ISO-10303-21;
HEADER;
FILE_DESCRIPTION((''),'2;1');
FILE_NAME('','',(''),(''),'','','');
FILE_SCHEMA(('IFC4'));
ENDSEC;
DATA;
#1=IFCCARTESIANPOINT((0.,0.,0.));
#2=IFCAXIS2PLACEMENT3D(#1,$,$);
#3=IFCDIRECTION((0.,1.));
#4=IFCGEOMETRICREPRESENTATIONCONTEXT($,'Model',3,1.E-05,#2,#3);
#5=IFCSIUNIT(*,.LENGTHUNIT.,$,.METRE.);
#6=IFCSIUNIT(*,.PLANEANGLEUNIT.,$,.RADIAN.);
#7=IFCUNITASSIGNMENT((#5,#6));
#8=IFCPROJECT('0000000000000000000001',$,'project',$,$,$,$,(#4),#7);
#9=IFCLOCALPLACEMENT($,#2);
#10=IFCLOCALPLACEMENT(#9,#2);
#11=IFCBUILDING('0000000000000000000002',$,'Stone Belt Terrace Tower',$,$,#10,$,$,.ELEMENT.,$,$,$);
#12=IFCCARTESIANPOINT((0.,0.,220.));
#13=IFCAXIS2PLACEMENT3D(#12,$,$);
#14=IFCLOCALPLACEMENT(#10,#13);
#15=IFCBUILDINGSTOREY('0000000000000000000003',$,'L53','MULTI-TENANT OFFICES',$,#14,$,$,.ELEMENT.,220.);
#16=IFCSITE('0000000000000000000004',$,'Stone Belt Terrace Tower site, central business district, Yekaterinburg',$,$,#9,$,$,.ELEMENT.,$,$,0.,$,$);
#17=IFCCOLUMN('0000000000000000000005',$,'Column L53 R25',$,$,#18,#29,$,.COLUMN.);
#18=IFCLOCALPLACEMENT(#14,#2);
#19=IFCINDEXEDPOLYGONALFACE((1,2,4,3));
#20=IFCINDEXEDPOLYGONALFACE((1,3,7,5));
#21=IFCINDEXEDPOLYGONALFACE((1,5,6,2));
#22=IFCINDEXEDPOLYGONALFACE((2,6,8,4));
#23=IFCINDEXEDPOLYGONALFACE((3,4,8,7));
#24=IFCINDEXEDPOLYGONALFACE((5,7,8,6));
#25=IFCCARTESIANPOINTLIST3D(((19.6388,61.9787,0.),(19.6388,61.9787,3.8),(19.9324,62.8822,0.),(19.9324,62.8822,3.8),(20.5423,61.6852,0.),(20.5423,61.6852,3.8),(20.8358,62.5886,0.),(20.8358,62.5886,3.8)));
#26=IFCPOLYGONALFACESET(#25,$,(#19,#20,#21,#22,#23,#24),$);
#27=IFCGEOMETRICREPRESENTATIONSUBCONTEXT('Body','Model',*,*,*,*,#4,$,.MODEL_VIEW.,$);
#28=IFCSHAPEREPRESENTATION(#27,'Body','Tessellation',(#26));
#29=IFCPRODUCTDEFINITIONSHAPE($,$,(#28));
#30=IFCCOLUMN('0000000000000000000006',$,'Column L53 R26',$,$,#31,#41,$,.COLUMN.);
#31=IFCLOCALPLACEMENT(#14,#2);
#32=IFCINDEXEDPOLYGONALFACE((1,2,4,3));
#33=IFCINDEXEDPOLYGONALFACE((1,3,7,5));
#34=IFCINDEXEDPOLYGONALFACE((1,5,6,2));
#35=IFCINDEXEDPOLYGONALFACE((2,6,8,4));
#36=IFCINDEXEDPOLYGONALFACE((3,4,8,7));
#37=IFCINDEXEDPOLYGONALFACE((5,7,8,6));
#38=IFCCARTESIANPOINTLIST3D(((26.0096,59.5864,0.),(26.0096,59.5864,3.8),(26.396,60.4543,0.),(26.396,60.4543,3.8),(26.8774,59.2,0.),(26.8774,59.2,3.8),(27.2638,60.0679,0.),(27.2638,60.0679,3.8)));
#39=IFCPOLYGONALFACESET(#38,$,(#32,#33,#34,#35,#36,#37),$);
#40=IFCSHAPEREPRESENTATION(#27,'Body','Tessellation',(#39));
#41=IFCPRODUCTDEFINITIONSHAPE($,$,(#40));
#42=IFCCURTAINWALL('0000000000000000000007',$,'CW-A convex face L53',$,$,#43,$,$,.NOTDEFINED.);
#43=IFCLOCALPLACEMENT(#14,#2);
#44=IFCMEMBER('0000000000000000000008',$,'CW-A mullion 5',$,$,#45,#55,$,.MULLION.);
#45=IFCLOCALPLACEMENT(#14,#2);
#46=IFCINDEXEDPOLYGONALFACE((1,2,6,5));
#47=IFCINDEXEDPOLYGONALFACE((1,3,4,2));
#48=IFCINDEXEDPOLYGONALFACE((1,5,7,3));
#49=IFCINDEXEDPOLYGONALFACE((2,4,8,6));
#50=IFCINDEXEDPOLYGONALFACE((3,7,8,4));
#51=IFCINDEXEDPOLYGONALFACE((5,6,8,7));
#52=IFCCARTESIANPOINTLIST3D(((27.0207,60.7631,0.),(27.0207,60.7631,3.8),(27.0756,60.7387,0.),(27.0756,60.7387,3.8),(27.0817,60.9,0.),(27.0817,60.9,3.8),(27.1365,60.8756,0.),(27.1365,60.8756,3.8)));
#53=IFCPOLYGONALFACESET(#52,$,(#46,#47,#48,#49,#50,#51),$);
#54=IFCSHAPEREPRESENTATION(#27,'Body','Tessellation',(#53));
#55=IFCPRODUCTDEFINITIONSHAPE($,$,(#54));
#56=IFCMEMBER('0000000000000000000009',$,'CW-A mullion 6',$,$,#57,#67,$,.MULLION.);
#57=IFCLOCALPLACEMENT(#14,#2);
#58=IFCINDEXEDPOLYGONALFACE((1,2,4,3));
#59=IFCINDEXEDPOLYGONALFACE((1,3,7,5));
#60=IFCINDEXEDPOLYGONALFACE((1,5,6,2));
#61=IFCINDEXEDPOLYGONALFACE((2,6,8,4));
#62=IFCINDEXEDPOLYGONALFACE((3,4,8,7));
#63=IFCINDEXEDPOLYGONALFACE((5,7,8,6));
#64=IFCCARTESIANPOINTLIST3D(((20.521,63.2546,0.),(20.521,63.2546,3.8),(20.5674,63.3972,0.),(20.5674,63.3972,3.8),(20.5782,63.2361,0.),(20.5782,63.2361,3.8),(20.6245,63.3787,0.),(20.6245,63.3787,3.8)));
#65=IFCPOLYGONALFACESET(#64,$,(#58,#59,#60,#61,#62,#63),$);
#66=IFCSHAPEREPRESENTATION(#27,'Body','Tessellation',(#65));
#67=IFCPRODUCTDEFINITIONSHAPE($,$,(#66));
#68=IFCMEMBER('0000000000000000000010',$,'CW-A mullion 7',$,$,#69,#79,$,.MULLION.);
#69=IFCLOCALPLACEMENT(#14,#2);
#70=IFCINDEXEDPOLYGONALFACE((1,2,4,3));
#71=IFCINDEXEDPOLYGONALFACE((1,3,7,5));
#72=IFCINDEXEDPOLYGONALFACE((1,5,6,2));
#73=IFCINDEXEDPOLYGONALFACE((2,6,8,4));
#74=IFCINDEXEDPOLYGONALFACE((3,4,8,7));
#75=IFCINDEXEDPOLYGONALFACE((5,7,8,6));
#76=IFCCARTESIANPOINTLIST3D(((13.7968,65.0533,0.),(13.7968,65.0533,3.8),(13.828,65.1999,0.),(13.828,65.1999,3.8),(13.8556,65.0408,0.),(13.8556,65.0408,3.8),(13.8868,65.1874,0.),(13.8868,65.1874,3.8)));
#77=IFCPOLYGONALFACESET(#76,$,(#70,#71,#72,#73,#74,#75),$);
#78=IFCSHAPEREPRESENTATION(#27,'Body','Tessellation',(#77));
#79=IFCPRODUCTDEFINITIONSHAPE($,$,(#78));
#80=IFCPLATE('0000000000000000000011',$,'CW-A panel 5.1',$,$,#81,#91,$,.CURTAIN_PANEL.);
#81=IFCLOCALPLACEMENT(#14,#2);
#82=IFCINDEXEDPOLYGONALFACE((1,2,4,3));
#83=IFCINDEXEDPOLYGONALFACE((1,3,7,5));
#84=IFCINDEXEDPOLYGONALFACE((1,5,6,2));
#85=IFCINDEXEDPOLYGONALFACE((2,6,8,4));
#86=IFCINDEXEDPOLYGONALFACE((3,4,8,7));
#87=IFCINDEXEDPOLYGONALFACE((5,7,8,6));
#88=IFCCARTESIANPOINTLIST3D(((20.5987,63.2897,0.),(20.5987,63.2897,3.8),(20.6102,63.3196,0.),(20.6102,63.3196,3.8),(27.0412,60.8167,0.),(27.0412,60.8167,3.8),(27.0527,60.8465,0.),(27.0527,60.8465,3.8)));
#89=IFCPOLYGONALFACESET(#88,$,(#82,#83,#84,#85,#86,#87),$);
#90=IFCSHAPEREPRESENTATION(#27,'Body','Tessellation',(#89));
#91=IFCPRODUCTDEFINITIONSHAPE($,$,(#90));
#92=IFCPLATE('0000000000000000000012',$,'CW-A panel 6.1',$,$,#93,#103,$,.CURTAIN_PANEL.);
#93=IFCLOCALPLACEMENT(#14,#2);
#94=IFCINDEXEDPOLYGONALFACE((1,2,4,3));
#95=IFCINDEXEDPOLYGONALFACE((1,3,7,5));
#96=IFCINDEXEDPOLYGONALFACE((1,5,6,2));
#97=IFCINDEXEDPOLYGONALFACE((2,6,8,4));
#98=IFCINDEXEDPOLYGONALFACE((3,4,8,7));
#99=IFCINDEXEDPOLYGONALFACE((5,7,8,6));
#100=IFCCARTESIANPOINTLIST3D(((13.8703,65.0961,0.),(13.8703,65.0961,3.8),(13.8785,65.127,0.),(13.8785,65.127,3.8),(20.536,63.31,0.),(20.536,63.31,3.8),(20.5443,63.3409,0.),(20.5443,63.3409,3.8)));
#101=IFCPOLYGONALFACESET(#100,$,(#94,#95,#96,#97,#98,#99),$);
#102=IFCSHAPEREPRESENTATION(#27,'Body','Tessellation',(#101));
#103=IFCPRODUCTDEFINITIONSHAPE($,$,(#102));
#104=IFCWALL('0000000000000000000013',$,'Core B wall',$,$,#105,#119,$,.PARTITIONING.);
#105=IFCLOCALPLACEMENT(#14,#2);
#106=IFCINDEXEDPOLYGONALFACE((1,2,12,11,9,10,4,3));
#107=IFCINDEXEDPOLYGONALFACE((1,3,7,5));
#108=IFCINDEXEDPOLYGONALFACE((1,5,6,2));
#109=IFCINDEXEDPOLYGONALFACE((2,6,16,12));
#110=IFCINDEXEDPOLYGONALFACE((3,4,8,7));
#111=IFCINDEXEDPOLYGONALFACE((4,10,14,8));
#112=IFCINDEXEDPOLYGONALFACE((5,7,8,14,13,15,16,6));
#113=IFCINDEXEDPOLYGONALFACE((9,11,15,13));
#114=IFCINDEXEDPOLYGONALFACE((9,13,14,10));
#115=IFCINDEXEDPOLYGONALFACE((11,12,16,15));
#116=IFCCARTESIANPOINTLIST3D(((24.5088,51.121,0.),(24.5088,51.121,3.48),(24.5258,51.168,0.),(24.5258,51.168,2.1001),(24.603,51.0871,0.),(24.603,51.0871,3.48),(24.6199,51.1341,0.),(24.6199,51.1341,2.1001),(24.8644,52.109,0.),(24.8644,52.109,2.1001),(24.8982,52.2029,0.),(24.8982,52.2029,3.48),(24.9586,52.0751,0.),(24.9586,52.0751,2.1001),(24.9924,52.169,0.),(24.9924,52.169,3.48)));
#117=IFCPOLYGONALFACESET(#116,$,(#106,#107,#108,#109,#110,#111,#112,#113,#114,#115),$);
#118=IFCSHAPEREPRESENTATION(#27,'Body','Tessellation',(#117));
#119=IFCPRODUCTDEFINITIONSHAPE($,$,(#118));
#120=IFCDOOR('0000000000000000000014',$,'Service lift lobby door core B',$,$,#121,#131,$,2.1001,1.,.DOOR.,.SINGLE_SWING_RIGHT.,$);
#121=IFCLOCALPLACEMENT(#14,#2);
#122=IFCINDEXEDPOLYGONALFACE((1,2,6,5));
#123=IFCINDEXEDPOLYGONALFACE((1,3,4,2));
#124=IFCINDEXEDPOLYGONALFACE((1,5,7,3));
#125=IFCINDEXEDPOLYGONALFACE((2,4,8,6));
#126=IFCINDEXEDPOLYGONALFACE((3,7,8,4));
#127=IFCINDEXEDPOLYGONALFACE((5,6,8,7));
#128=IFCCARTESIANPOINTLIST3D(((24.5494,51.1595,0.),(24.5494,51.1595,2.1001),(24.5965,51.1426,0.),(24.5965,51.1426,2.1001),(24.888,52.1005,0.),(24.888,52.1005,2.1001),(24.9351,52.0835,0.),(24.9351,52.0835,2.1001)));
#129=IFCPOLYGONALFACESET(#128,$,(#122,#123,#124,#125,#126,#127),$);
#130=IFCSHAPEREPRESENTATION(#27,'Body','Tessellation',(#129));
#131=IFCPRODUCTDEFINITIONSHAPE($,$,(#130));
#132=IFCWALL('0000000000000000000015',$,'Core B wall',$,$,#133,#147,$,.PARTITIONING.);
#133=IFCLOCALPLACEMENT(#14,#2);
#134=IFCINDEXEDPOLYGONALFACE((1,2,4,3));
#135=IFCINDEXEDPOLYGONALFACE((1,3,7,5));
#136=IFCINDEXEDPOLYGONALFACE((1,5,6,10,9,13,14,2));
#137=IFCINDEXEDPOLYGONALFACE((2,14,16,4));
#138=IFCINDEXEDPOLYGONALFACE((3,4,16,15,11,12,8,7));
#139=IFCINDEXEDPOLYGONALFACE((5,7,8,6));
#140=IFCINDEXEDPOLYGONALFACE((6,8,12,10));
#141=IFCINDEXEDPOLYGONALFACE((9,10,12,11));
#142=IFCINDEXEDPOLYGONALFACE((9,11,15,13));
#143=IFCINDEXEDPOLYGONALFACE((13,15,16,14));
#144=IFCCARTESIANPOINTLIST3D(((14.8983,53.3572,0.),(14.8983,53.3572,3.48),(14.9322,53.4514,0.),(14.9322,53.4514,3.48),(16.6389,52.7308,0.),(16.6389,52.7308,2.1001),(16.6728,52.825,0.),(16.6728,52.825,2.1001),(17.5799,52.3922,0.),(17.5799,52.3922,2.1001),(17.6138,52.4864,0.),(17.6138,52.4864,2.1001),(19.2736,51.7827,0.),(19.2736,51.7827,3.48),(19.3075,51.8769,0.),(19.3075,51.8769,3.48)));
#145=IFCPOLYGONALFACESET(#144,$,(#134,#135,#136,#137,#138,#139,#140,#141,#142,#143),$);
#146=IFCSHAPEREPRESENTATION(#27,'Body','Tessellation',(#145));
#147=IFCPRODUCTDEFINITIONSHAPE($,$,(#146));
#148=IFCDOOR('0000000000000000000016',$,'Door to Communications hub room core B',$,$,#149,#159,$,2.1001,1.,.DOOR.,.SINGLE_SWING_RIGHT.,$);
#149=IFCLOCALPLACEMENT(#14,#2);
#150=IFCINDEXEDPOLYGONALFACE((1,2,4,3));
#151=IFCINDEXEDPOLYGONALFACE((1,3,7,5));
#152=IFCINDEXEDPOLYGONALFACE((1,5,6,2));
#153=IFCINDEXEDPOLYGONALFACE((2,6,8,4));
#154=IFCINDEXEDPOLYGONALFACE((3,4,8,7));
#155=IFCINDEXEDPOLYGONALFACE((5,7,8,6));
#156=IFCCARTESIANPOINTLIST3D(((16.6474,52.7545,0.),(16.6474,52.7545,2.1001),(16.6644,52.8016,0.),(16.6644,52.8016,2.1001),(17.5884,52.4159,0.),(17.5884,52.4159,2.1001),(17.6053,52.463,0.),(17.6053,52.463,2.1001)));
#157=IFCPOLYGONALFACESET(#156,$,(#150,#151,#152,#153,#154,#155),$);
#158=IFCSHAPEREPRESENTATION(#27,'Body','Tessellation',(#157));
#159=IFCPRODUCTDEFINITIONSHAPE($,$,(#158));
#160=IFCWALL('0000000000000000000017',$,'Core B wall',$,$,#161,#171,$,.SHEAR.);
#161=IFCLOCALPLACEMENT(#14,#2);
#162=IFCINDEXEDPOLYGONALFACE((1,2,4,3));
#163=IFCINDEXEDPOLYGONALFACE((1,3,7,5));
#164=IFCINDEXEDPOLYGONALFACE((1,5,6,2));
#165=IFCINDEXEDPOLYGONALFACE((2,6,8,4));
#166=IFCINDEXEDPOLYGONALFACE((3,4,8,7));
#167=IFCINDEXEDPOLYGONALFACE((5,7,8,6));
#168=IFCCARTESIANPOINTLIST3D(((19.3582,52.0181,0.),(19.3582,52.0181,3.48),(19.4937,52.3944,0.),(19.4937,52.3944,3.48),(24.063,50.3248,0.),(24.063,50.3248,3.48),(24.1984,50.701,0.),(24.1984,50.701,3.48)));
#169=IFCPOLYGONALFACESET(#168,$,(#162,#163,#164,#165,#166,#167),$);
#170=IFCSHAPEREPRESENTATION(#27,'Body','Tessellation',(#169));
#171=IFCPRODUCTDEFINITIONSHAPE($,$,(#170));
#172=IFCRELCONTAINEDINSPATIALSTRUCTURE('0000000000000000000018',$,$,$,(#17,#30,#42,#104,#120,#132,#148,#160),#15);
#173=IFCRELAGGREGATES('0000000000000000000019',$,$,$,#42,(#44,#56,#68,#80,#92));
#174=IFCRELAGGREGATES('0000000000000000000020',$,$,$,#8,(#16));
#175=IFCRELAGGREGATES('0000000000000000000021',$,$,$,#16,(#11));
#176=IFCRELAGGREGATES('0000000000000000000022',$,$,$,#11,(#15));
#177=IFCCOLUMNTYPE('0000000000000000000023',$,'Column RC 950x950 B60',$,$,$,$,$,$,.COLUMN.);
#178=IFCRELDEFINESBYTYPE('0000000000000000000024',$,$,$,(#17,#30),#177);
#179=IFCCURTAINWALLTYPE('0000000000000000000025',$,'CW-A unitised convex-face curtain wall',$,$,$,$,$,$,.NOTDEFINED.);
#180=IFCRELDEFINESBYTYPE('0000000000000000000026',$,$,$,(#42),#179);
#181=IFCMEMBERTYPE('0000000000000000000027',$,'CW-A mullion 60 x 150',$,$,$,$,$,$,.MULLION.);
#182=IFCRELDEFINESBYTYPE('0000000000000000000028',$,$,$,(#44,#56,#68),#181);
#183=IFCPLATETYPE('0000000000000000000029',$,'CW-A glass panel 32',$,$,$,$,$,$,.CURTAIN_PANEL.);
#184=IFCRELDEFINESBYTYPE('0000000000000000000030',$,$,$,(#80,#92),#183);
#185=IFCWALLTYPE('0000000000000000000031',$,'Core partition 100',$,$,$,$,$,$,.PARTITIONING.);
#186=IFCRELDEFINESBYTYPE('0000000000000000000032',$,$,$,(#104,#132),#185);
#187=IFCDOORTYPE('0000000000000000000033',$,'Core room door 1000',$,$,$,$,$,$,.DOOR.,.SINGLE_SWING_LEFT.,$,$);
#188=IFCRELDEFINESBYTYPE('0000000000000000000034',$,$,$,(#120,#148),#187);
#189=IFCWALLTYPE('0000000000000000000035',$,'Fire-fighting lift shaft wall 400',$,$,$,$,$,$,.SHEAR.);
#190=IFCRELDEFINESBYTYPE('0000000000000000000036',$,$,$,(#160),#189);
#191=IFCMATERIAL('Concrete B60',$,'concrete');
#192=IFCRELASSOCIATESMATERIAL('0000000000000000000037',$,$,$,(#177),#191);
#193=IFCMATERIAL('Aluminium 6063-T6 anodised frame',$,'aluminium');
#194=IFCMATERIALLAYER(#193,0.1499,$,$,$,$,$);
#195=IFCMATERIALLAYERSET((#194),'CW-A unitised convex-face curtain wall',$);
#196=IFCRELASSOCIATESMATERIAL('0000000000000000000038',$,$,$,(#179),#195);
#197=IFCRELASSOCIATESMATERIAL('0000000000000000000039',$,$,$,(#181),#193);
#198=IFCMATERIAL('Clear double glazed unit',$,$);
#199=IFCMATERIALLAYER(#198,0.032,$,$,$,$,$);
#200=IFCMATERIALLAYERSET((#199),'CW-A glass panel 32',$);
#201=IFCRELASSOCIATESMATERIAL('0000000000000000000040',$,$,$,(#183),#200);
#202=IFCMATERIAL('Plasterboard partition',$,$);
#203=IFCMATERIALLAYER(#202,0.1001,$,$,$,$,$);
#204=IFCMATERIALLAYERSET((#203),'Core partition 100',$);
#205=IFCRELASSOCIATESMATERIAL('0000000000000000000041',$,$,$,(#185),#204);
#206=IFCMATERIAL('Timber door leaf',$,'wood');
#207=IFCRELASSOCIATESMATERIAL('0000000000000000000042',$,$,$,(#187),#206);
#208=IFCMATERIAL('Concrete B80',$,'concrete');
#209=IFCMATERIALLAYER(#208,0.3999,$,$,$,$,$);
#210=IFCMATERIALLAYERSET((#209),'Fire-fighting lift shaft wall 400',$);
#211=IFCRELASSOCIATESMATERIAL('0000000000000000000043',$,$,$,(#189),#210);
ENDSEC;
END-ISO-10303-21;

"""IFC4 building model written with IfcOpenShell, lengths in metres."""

from ifc_helpers import new_model, si_unit, direction, frame, frame_2d, origin, origin_2d, place, context, subcontext, project, spatial, rectangle, extrude, material, layer, layer_set, material_profile, profile_set, type_object, element, fill, aggregate, save


model = new_model("IFC4")

# Units and contexts
model_context = context("Model", 3, precision=1e-05, world=origin(), true_north=direction((0.0, 1.0)))
body_context = subcontext(model_context, "Body", "Model", "MODEL_VIEW")
ifc_project = project(units=[si_unit("LENGTHUNIT", "METRE"), si_unit("PLANEANGLEUNIT", "RADIAN")], contexts=[model_context])

# Site, building, storey
site_placement = place(None, origin())
site = spatial("IfcSite", under=ifc_project, at=site_placement, Name="Stone Belt Terrace Tower site, central business district, Yekaterinburg", CompositionType="ELEMENT", RefElevation=0.0)
building_placement = place(site_placement, origin())
building = spatial("IfcBuilding", under=site, at=building_placement, Name="Stone Belt Terrace Tower", CompositionType="ELEMENT")
storey_placement = place(building_placement, frame((0.0, 0.0, 220.0)))
storey = spatial("IfcBuildingStorey", under=building, at=storey_placement, Name="L53", Description="MULTI-TENANT OFFICES", CompositionType="ELEMENT", Elevation=220.0)

# Columns
ifc_material_1 = material(Name="Concrete B60", Category="concrete")
ifc_material_profile_1 = material_profile(ifc_material_1, rectangle(XDim=0.95, YDim=0.95, at=origin_2d()), Name="RC 950x950")
ifc_profile_set_1 = profile_set([ifc_material_profile_1], Name="Concrete B60")
column_type = type_object("IfcColumnType", Name="Column RC 950x950 B60", PredefinedType="COLUMN", material=ifc_profile_set_1)
for number, where, z_axis, x_axis, name in (
    (1, (20.2373, 62.2837, 0.0), (0.0, 0.0, 1.0), (0.951057, -0.309017, 0.0), "Column L53 R25"),
    (2, (26.6367, 59.8271, 0.0), (0.0, 0.0, 1.0), (0.913545, -0.406737, 0.0), "Column L53 R26"),
):
    element("IfcColumn", number, at=place(storey_placement, frame(where, z_axis=z_axis, x_axis=x_axis)), inside=storey, type_object=column_type, Name=name, PredefinedType="COLUMN", context=body_context, shape_type="SweptSolid", body=[
        extrude(rectangle(XDim=0.95, YDim=0.95, at=origin_2d()), origin(), (0.0, 0.0, 1.0), 3.8),
    ])

# Curtain wall, members, plates
ifc_material_2 = material(Name="Aluminium 6063-T6 anodised frame", Category="aluminium")
ifc_layer_1 = layer(ifc_material_2, 0.1499)
ifc_layer_set_1 = layer_set([ifc_layer_1], Name="CW-A unitised convex-face curtain wall")
curtain_wall_type = type_object("IfcCurtainWallType", Name="CW-A unitised convex-face curtain wall", PredefinedType="NOTDEFINED", material=ifc_layer_set_1)
curtain_wall_placement = place(storey_placement, origin())
curtain_wall = element("IfcCurtainWall", 3, at=curtain_wall_placement, inside=storey, type_object=curtain_wall_type, Name="CW-A convex face L53", PredefinedType="NOTDEFINED")
ifc_material_profile_2 = material_profile(ifc_material_2, rectangle(XDim=0.1499, YDim=0.0601, at=origin_2d()), Name="Aluminium 6063-T6 60x150")
ifc_profile_set_2 = profile_set([ifc_material_profile_2], Name="Aluminium 6063-T6 anodised frame")
member_type = type_object("IfcMemberType", Name="CW-A mullion 60 x 150", PredefinedType="MULLION", material=ifc_profile_set_2)
member_1_placement = place(storey_placement, frame((27.0786, 60.8193, 0.0), z_axis=(0.0, 0.0, 1.0), x_axis=(-0.406737, -0.913545, 0.0)))
member_1 = element("IfcMember", 4, at=member_1_placement, type_object=member_type, Name="CW-A mullion 5", PredefinedType="MULLION", context=body_context, shape_type="SweptSolid", body=[
    extrude(rectangle(XDim=0.1499, YDim=0.0601, at=origin_2d()), origin(), (0.0, 0.0, 1.0), 3.8),
])
member_2_placement = place(storey_placement, frame((20.5728, 63.3167, 0.0), z_axis=(0.0, 0.0, 1.0), x_axis=(-0.309017, -0.951057, 0.0)))
member_2 = element("IfcMember", 5, at=member_2_placement, type_object=member_type, Name="CW-A mullion 6", PredefinedType="MULLION", context=body_context, shape_type="SweptSolid", body=[
    extrude(rectangle(XDim=0.1499, YDim=0.0601, at=origin_2d()), origin(), (0.0, 0.0, 1.0), 3.8),
])
member_3_placement = place(storey_placement, frame((13.8418, 65.1204, 0.0), z_axis=(0.0, 0.0, 1.0), x_axis=(-0.207912, -0.978148, 0.0)))
member_3 = element("IfcMember", 6, at=member_3_placement, type_object=member_type, Name="CW-A mullion 7", PredefinedType="MULLION", context=body_context, shape_type="SweptSolid", body=[
    extrude(rectangle(XDim=0.1499, YDim=0.0601, at=origin_2d()), origin(), (0.0, 0.0, 1.0), 3.8),
])
ifc_material_3 = material(Name="Clear double glazed unit")
ifc_layer_2 = layer(ifc_material_3, 0.032)
ifc_layer_set_2 = layer_set([ifc_layer_2], Name="CW-A glass panel 32")
plate_type = type_object("IfcPlateType", Name="CW-A glass panel 32", PredefinedType="CURTAIN_PANEL", material=ifc_layer_set_2)
plate_1_placement = place(storey_placement, frame((23.8257, 62.0681, 0.0), z_axis=(0.0, 0.0, 1.0), x_axis=(-0.93358, 0.358368, 0.0)))
plate_1 = element("IfcPlate", 7, at=plate_1_placement, type_object=plate_type, Name="CW-A panel 5.1", PredefinedType="CURTAIN_PANEL", context=body_context, shape_type="SweptSolid", body=[
    extrude(rectangle(XDim=6.9009, YDim=0.032, at=origin_2d()), origin(), (0.0, 0.0, 1.0), 3.8),
])
plate_2_placement = place(storey_placement, frame((17.2073, 64.2185, 0.0), z_axis=(0.0, 0.0, 1.0), x_axis=(-0.965926, 0.258819, 0.0)))
plate_2 = element("IfcPlate", 8, at=plate_2_placement, type_object=plate_type, Name="CW-A panel 6.1", PredefinedType="CURTAIN_PANEL", context=body_context, shape_type="SweptSolid", body=[
    extrude(rectangle(XDim=6.9009, YDim=0.032, at=origin_2d()), origin(), (0.0, 0.0, 1.0), 3.8),
])
aggregate(curtain_wall, [member_1, member_2, member_3, plate_1, plate_2])

# Walls, openings, doors
ifc_material_4 = material(Name="Plasterboard partition")
ifc_layer_3 = layer(ifc_material_4, 0.1001)
ifc_layer_set_3 = layer_set([ifc_layer_3], Name="Core partition 100")
wall_type_1 = type_object("IfcWallType", Name="Core partition 100", PredefinedType="PARTITIONING", material=ifc_layer_set_3)
wall_1_placement = place(storey_placement, frame((24.5559, 51.104, 0.0), z_axis=(0.0, 0.0, 1.0), x_axis=(0.338622, 0.940923, 0.0)))
wall_1 = element("IfcWall", 9, at=wall_1_placement, inside=storey, type_object=wall_type_1, Name="Core B wall", PredefinedType="PARTITIONING", context=body_context, shape_type="SweptSolid", body=[
    extrude(rectangle(XDim=1.1499, YDim=0.1001, at=frame_2d((0.575, 0.0))), origin(), (0.0, 0.0, 1.0), 3.48),
])
opening_1_placement = place(wall_1_placement, frame((0.05, 0.0, 0.0)))
opening_1 = element("IfcOpeningElement", 10, at=opening_1_placement, cuts=wall_1, PredefinedType="OPENING", context=body_context, shape_type="SweptSolid", body=[
    extrude(rectangle(XDim=1.0, YDim=2.1001, at=frame_2d((0.5, 1.05))), frame((0.0, 0.0601, 0.0), z_axis=(0.0, -1.0, 0.0), x_axis=(1.0, 0.0, 0.0)), (0.0, 0.0, 1.0), 0.1201),
])
ifc_material_5 = material(Name="Timber door leaf", Category="wood")
door_type_1 = type_object("IfcDoorType", Name="Core room door 1000", OperationType="SINGLE_SWING_LEFT", PredefinedType="DOOR", material=ifc_material_5)
door_1_placement = place(opening_1_placement, origin())
door_1 = element("IfcDoor", 11, at=door_1_placement, inside=storey, type_object=door_type_1, Name="Service lift lobby door core B", OperationType="SINGLE_SWING_RIGHT", OverallHeight=2.1001, OverallWidth=1.0, PredefinedType="DOOR", context=body_context, shape_type="SweptSolid", body=[
    extrude(rectangle(XDim=1.0, YDim=2.1001, at=frame_2d((0.5, 1.05))), frame((0.0, 0.0249, 0.0), z_axis=(0.0, -1.0, 0.0), x_axis=(1.0, 0.0, 0.0)), (0.0, 0.0, 1.0), 0.05),
])
fill(opening_1, door_1)
wall_2_placement = place(storey_placement, frame((19.2905, 51.8298, 0.0), z_axis=(0.0, 0.0, 1.0), x_axis=(-0.94093, 0.3386, 0.0)))
wall_2 = element("IfcWall", 12, at=wall_2_placement, inside=storey, type_object=wall_type_1, Name="Core B wall", PredefinedType="PARTITIONING", context=body_context, shape_type="SweptSolid", body=[
    extrude(rectangle(XDim=4.6499, YDim=0.1001, at=frame_2d((2.325, 0.0))), origin(), (0.0, 0.0, 1.0), 3.48),
])
opening_2_placement = place(wall_2_placement, frame((1.8, 0.0, 0.0)))
opening_2 = element("IfcOpeningElement", 13, at=opening_2_placement, cuts=wall_2, PredefinedType="OPENING", context=body_context, shape_type="SweptSolid", body=[
    extrude(rectangle(XDim=1.0, YDim=2.1001, at=frame_2d((0.5, 1.05))), frame((0.0, 0.0601, 0.0), z_axis=(0.0, -1.0, 0.0), x_axis=(1.0, 0.0, 0.0)), (0.0, 0.0, 1.0), 0.1201),
])
door_2_placement = place(opening_2_placement, origin())
door_2 = element("IfcDoor", 14, at=door_2_placement, inside=storey, type_object=door_type_1, Name="Door to Communications hub room core B", OperationType="SINGLE_SWING_RIGHT", OverallHeight=2.1001, OverallWidth=1.0, PredefinedType="DOOR", context=body_context, shape_type="SweptSolid", body=[
    extrude(rectangle(XDim=1.0, YDim=2.1001, at=frame_2d((0.5, 1.05))), frame((0.0, 0.0249, 0.0), z_axis=(0.0, -1.0, 0.0), x_axis=(1.0, 0.0, 0.0)), (0.0, 0.0, 1.0), 0.05),
])
fill(opening_2, door_2)

# Wall
ifc_material_6 = material(Name="Concrete B80", Category="concrete")
ifc_layer_4 = layer(ifc_material_6, 0.3999)
ifc_layer_set_4 = layer_set([ifc_layer_4], Name="Fire-fighting lift shaft wall 400")
wall_type_2 = type_object("IfcWallType", Name="Fire-fighting lift shaft wall 400", PredefinedType="SHEAR", material=ifc_layer_set_4)
wall_3_placement = place(storey_placement, frame((24.1306, 50.5129, 0.0), z_axis=(0.0, 0.0, 1.0), x_axis=(-0.940912, 0.338652, 0.0)))
element("IfcWall", 15, at=wall_3_placement, inside=storey, type_object=wall_type_2, Name="Core B wall", PredefinedType="SHEAR", context=body_context, shape_type="SweptSolid", body=[
    extrude(rectangle(XDim=5.0002, YDim=0.3999, at=frame_2d((2.5, 0.0))), origin(), (0.0, 0.0, 1.0), 3.48),
])

save(model, "model.ifc")
